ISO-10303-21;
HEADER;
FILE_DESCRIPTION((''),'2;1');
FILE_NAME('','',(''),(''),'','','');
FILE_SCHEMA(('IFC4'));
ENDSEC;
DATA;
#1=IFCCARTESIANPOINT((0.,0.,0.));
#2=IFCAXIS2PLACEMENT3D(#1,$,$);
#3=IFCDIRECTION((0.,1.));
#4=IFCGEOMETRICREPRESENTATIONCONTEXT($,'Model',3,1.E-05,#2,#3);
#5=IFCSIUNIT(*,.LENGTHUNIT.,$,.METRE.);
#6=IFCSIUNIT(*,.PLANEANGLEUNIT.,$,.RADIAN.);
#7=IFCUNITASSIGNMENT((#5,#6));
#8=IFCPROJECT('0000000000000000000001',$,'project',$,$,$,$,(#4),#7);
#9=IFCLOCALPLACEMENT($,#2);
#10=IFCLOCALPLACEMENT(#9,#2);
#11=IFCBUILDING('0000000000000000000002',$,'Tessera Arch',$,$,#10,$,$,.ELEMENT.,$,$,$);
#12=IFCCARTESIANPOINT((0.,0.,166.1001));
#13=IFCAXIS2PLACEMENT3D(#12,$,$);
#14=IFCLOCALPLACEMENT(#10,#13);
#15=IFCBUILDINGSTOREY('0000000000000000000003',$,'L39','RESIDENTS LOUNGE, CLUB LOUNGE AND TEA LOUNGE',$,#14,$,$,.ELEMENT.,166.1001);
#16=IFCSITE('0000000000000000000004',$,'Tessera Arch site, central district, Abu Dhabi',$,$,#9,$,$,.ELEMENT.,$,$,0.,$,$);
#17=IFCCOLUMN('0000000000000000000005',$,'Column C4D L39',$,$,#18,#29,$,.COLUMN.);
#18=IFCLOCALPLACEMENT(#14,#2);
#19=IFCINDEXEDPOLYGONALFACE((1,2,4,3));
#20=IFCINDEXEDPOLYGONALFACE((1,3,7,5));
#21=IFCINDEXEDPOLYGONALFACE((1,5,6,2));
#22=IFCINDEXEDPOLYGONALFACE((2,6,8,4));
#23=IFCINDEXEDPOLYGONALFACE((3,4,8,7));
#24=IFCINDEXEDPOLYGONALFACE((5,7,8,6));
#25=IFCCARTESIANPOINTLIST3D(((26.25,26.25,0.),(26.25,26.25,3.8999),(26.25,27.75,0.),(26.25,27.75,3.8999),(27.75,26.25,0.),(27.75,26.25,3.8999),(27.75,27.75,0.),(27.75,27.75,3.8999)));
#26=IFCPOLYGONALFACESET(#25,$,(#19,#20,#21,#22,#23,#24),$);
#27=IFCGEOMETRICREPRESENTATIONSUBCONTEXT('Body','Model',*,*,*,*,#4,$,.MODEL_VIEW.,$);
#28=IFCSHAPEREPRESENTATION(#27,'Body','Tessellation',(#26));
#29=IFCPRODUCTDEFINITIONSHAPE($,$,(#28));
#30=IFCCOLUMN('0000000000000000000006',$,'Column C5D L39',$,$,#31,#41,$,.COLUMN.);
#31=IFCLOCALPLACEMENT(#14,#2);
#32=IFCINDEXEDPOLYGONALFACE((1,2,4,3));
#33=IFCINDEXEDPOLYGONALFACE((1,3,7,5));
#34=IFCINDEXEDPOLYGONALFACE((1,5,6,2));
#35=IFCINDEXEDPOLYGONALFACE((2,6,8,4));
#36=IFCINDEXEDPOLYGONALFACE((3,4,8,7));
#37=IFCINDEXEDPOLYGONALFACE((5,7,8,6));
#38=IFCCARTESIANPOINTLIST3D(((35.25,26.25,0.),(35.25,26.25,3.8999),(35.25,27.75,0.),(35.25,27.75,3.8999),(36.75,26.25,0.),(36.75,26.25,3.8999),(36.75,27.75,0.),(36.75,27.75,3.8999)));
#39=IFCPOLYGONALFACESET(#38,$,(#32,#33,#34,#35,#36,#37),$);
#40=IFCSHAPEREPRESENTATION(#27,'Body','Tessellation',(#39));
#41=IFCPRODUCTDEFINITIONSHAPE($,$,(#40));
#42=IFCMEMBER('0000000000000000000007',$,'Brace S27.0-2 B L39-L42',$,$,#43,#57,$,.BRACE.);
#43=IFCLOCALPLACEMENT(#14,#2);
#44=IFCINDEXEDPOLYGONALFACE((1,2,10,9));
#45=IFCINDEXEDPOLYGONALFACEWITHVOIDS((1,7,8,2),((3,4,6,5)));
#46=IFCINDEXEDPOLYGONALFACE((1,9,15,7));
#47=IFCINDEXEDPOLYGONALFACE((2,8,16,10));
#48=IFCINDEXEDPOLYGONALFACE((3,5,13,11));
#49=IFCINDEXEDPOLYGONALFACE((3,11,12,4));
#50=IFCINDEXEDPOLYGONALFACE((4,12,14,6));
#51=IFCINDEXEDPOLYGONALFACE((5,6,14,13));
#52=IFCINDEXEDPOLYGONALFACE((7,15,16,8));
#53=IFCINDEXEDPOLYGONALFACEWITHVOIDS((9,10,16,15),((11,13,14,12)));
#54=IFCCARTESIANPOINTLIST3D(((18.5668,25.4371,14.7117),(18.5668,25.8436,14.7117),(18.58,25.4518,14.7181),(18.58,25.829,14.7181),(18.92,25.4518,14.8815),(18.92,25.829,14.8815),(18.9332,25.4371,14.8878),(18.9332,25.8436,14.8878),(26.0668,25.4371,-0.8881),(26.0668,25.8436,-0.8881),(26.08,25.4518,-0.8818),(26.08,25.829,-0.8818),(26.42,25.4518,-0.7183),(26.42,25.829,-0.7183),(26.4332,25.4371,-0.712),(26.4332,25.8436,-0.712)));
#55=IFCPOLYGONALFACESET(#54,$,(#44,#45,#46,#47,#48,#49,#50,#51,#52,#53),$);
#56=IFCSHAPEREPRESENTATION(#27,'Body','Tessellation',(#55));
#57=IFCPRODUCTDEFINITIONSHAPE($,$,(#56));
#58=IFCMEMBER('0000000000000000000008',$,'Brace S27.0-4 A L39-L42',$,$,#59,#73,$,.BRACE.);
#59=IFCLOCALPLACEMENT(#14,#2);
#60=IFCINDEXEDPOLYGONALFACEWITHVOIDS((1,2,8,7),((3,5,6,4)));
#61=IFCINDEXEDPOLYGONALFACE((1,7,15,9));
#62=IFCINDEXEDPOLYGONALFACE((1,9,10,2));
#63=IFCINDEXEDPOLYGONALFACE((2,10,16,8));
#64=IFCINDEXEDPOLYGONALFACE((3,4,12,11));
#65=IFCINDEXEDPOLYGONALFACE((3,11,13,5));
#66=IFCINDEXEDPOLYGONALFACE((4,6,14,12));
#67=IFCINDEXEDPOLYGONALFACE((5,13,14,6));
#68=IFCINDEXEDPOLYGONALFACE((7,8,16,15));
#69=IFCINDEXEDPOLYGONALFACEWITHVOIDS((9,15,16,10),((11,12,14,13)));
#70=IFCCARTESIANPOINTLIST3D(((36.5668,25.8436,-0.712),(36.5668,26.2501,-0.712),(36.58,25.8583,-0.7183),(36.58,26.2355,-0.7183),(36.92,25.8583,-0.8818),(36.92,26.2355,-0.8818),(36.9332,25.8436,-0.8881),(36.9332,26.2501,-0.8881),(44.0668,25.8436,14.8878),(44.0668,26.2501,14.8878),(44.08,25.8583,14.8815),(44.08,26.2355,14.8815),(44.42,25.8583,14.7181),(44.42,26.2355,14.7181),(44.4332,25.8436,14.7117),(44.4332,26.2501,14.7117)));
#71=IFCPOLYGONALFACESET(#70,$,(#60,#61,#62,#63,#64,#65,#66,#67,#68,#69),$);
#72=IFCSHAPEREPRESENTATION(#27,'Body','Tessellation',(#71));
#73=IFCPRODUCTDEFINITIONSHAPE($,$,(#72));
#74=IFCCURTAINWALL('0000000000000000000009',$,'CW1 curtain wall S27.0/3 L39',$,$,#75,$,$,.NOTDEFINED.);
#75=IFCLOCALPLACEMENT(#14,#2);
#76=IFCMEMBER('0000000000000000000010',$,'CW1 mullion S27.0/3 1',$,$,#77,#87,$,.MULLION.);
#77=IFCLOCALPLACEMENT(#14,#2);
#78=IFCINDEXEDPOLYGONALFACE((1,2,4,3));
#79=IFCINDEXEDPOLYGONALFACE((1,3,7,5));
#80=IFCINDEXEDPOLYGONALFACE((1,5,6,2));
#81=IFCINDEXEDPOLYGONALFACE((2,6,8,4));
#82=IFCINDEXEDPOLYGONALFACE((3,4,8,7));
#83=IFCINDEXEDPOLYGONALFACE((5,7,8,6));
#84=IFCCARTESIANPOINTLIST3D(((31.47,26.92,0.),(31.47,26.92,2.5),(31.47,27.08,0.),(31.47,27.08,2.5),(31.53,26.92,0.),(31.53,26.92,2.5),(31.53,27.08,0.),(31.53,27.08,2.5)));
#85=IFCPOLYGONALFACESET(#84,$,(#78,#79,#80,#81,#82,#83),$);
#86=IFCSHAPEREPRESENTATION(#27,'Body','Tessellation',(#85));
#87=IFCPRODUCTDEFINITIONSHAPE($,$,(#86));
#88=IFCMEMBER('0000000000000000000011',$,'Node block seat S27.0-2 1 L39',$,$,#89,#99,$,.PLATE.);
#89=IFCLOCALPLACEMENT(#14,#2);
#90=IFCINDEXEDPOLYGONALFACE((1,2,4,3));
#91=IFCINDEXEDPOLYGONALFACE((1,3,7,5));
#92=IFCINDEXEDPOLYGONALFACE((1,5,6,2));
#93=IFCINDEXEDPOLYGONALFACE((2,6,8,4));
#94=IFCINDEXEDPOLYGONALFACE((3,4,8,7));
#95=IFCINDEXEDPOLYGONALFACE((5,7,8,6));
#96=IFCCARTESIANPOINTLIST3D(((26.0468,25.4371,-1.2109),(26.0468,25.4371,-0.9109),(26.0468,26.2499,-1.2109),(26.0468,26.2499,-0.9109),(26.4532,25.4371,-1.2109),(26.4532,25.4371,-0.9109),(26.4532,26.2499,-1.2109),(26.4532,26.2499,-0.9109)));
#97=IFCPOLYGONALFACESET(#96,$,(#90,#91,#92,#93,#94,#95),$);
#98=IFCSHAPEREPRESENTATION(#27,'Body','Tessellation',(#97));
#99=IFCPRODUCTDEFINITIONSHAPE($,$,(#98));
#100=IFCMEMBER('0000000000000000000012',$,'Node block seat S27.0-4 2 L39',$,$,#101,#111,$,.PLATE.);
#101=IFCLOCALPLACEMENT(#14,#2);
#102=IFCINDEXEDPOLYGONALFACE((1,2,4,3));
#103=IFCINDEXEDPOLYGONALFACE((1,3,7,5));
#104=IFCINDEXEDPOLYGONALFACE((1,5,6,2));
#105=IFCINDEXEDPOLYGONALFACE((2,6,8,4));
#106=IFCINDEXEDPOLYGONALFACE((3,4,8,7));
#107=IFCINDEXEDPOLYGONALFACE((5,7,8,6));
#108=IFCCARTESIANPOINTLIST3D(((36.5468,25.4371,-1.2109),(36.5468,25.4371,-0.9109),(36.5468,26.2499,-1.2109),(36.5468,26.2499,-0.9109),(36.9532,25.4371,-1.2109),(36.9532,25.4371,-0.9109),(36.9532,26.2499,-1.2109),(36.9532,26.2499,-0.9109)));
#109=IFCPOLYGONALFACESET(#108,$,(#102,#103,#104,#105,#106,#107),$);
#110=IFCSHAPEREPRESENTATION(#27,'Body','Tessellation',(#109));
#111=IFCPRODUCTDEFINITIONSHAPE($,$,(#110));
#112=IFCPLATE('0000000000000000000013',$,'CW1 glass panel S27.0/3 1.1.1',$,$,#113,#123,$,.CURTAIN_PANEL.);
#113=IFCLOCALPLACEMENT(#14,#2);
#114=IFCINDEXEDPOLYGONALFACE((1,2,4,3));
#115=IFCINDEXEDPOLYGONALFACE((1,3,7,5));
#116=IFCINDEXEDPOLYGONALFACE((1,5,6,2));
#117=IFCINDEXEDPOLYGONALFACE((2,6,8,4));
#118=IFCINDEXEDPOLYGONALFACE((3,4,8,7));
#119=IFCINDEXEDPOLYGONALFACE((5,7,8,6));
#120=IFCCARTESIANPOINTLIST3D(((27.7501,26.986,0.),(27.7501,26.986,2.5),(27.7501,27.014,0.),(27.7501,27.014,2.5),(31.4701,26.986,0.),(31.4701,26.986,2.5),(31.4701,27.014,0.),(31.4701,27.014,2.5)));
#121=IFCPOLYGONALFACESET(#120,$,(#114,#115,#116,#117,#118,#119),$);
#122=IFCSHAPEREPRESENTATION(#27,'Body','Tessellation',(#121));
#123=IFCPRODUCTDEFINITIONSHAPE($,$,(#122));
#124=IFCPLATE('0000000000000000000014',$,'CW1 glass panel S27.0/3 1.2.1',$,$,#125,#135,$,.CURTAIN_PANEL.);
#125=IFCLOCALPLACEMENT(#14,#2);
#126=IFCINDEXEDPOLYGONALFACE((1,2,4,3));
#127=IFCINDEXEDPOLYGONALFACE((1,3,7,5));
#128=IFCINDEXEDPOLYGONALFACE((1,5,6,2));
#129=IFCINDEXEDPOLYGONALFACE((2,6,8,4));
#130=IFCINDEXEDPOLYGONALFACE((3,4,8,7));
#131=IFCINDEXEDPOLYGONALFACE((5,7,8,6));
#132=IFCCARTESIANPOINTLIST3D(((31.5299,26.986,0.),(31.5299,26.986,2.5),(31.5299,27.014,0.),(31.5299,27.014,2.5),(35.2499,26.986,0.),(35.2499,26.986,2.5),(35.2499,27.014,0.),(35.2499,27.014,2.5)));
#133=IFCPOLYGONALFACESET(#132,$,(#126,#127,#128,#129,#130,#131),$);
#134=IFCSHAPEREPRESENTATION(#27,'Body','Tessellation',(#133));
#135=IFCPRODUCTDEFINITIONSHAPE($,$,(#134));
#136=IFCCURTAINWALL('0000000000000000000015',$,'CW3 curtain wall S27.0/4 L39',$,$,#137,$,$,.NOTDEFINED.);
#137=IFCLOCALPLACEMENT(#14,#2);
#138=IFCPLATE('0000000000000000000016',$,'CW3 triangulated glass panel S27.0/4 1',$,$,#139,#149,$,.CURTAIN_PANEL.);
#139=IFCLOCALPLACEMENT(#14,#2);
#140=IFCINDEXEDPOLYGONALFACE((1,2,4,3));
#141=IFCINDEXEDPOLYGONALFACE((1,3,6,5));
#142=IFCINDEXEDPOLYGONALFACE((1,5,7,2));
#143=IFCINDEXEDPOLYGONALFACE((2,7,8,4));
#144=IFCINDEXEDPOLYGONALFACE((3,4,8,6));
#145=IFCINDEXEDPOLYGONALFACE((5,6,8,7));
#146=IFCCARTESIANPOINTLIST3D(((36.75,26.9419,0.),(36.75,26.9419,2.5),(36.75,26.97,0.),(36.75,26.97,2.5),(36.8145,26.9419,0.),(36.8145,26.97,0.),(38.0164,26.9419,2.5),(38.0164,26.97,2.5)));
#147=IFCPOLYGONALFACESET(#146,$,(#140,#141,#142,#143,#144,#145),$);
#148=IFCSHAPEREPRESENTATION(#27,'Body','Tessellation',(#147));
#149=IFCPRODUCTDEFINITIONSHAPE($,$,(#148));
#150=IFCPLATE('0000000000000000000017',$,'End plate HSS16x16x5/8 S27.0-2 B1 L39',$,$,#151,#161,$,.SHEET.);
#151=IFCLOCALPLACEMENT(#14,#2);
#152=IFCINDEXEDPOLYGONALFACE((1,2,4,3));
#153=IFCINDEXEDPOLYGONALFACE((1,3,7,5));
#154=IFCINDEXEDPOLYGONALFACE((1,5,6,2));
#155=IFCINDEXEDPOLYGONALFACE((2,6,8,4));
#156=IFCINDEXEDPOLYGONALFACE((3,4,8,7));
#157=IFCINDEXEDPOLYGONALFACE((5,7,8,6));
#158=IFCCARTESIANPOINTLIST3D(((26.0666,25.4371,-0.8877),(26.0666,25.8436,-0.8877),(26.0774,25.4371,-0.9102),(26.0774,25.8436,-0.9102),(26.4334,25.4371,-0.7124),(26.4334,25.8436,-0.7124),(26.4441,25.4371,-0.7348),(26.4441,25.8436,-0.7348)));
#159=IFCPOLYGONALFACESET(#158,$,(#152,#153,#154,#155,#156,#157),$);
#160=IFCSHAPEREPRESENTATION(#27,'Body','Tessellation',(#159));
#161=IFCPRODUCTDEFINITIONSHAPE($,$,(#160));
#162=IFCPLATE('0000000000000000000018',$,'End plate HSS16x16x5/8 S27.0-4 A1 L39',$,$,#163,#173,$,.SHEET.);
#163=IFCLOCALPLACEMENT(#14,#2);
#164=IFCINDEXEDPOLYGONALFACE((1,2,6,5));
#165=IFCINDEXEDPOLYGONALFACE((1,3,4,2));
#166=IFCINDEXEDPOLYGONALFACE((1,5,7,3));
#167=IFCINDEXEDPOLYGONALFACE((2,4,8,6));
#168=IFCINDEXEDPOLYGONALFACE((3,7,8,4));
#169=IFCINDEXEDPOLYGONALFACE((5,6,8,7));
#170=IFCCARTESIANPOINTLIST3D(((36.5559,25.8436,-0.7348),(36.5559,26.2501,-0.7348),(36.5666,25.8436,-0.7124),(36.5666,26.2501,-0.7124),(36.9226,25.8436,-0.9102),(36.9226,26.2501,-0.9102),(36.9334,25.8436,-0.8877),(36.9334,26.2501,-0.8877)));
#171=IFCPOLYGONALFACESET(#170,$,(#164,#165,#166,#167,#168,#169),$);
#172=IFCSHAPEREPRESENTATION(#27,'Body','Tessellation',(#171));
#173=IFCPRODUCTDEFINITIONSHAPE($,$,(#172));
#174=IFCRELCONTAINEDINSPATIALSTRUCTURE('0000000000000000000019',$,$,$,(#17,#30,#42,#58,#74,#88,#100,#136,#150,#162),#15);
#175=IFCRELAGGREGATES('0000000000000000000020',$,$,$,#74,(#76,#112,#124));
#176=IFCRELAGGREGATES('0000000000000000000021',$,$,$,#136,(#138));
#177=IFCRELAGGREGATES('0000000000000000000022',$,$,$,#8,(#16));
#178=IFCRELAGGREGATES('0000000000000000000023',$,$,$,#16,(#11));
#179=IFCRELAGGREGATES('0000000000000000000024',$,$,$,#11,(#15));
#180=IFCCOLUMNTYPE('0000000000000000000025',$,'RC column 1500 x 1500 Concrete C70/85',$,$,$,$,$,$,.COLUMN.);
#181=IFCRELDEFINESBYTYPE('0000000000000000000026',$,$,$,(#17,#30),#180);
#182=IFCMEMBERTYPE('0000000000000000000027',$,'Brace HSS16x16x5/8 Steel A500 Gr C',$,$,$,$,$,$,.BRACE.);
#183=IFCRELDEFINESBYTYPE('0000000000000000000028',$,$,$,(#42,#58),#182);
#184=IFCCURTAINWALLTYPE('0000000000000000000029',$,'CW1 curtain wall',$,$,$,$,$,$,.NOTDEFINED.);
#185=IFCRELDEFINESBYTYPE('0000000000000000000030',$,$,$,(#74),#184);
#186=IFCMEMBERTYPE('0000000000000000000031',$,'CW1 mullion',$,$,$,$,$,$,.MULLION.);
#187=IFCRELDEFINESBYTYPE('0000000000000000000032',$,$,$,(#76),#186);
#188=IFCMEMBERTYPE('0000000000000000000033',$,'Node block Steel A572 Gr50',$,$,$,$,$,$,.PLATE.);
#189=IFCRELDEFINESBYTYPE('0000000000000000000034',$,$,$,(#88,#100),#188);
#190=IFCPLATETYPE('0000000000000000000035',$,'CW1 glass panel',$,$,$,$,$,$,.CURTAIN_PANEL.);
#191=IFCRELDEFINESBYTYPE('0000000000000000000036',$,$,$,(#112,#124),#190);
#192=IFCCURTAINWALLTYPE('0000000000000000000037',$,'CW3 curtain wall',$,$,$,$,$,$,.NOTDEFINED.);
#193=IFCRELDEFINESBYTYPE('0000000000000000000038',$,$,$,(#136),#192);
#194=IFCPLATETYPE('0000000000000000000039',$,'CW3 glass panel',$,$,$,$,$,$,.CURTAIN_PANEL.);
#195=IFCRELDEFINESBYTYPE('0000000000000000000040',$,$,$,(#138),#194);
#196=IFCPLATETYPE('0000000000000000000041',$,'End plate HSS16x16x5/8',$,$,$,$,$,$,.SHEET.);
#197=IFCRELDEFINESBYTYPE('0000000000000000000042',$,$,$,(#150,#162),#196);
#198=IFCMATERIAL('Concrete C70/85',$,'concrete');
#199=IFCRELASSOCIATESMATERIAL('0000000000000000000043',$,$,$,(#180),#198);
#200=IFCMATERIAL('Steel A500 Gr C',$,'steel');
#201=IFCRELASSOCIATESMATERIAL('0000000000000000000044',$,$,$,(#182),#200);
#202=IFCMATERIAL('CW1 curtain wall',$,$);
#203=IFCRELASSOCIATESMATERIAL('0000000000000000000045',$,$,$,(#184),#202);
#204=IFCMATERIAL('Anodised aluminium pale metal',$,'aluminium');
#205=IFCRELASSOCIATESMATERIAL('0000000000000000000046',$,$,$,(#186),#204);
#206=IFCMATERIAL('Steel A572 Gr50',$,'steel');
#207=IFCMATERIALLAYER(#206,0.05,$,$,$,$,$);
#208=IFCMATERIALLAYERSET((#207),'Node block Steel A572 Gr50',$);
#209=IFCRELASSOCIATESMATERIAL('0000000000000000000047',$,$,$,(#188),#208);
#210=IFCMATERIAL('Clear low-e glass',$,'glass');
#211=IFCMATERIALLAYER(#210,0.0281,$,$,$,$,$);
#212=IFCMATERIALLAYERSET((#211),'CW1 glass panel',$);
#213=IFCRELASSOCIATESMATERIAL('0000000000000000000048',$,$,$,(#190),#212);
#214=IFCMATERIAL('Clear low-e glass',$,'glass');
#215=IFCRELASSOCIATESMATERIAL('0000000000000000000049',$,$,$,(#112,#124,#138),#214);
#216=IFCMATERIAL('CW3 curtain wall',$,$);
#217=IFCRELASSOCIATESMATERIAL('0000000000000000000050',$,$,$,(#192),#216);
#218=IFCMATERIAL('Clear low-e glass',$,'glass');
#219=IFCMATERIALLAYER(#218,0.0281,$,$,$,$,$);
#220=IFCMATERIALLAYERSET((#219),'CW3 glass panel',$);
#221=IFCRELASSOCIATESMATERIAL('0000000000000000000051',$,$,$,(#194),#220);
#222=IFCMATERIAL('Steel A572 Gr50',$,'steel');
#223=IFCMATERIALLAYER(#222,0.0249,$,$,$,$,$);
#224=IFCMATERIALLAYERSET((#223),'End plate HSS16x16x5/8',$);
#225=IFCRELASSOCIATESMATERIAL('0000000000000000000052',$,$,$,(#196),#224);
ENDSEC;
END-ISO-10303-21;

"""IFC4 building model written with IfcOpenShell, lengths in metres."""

from ifc_helpers import new_model, si_unit, direction, frame, origin, origin_2d, place, context, subcontext, project, spatial, polyline, rectangle, hollow_rectangle, outline, extrude, material, layer, layer_set, material_profile, profile_set, type_object, element, aggregate, save


model = new_model("IFC4")

# Units and contexts
model_context = context("Model", 3, precision=1e-05, world=origin(), true_north=direction((0.0, 1.0)))
body_context = subcontext(model_context, "Body", "Model", "MODEL_VIEW")
ifc_project = project(units=[si_unit("LENGTHUNIT", "METRE"), si_unit("PLANEANGLEUNIT", "RADIAN")], contexts=[model_context])

# Site, building, storey
site_placement = place(None, origin())
site = spatial("IfcSite", under=ifc_project, at=site_placement, Name="Tessera Arch site, central district, Abu Dhabi", CompositionType="ELEMENT", RefElevation=0.0)
building_placement = place(site_placement, origin())
building = spatial("IfcBuilding", under=site, at=building_placement, Name="Tessera Arch", CompositionType="ELEMENT")
storey_placement = place(building_placement, frame((0.0, 0.0, 166.1001)))
storey = spatial("IfcBuildingStorey", under=building, at=storey_placement, Name="L39", Description="RESIDENTS LOUNGE, CLUB LOUNGE AND TEA LOUNGE", CompositionType="ELEMENT", Elevation=166.1001)

# Columns
ifc_material_1 = material(Name="Concrete C70/85", Category="concrete")
ifc_material_profile_1 = material_profile(ifc_material_1, rectangle(XDim=1.5, YDim=1.5, at=origin_2d()), Name="RC column 1500 x 1500 Concrete C70/85")
ifc_profile_set_1 = profile_set([ifc_material_profile_1], Name="Concrete C70/85")
column_type = type_object("IfcColumnType", Name="RC column 1500 x 1500 Concrete C70/85", PredefinedType="COLUMN", material=ifc_profile_set_1)
for number, where, z_axis, x_axis, name in (
    (1, (27.0, 27.0, 0.0), (0.0, 0.0, 1.0), (1.0, 0.0, 0.0), "Column C4D L39"),
    (2, (36.0, 27.0, 0.0), (0.0, 0.0, 1.0), (1.0, 0.0, 0.0), "Column C5D L39"),
):
    element("IfcColumn", number, at=place(storey_placement, frame(where, z_axis=z_axis, x_axis=x_axis)), inside=storey, type_object=column_type, Name=name, PredefinedType="COLUMN", context=body_context, shape_type="SweptSolid", body=[
        extrude(rectangle(XDim=1.5, YDim=1.5, at=origin_2d()), origin(), (0.0, 0.0, 1.0), 3.8999),
    ])

# Members
ifc_material_2 = material(Name="Steel A500 Gr C", Category="steel")
ifc_material_profile_2 = material_profile(ifc_material_2, hollow_rectangle(XDim=0.4065, YDim=0.4065, WallThickness=0.0146, at=origin_2d()), Name="HSS16x16x5/8")
ifc_profile_set_2 = profile_set([ifc_material_profile_2], Name="Steel A500 Gr C")
member_type_1 = type_object("IfcMemberType", Name="Brace HSS16x16x5/8 Steel A500 Gr C", PredefinedType="BRACE", material=ifc_profile_set_2)
for number, where, z_axis, x_axis, name in (
    (3, (26.25, 25.6404, -0.8), (-0.433298, 0.0, 0.901251), (0.0, -1.0, 0.0), "Brace S27.0-2 B L39-L42"),
    (4, (36.75, 26.0469, -0.8), (0.433298, 0.0, 0.901251), (0.0, 1.0, 0.0), "Brace S27.0-4 A L39-L42"),
):
    element("IfcMember", number, at=place(storey_placement, frame(where, z_axis=z_axis, x_axis=x_axis)), inside=storey, type_object=member_type_1, Name=name, PredefinedType="BRACE", context=body_context, shape_type="SweptSolid", body=[
        extrude(hollow_rectangle(XDim=0.4065, YDim=0.4065, WallThickness=0.0146, at=origin_2d()), origin(), (0.0, 0.0, 1.0), 17.3091),
    ])

# Curtain wall, member
ifc_material_3 = material(Name="CW1 curtain wall")
curtain_wall_type_1 = type_object("IfcCurtainWallType", Name="CW1 curtain wall", PredefinedType="NOTDEFINED", material=ifc_material_3)
curtain_wall_1_placement = place(storey_placement, origin())
curtain_wall_1 = element("IfcCurtainWall", 5, at=curtain_wall_1_placement, inside=storey, type_object=curtain_wall_type_1, Name="CW1 curtain wall S27.0/3 L39", PredefinedType="NOTDEFINED")
ifc_material_4 = material(Name="Anodised aluminium pale metal", Category="aluminium")
ifc_material_profile_3 = material_profile(ifc_material_4, rectangle(XDim=0.1599, YDim=0.0601, at=origin_2d()), Name="AL 60x160")
ifc_profile_set_3 = profile_set([ifc_material_profile_3], Name="Anodised aluminium pale metal")
member_type_2 = type_object("IfcMemberType", Name="CW1 mullion", PredefinedType="MULLION", material=ifc_profile_set_3)
member_placement = place(storey_placement, frame((31.5, 27.0, 0.0), z_axis=(0.0, 0.0, 1.0), x_axis=(0.0, 1.0, 0.0)))
member = element("IfcMember", 6, at=member_placement, type_object=member_type_2, Name="CW1 mullion S27.0/3 1", PredefinedType="MULLION", context=body_context, shape_type="SweptSolid", body=[
    extrude(rectangle(XDim=0.1599, YDim=0.0601, at=origin_2d()), origin(), (0.0, 0.0, 1.0), 2.5),
])

# Members
ifc_material_5 = material(Name="Steel A572 Gr50", Category="steel")
ifc_layer_1 = layer(ifc_material_5, 0.05)
ifc_layer_set_1 = layer_set([ifc_layer_1], Name="Node block Steel A572 Gr50")
member_type_3 = type_object("IfcMemberType", Name="Node block Steel A572 Gr50", PredefinedType="PLATE", material=ifc_layer_set_1)
for number, where, z_axis, x_axis, name in (
    (7, (26.25, 25.8435, -1.2109), (0.0, 0.0, 1.0), (1.0, 0.0, 0.0), "Node block seat S27.0-2 1 L39"),
    (8, (36.75, 25.8435, -1.2109), (0.0, 0.0, 1.0), (1.0, 0.0, 0.0), "Node block seat S27.0-4 2 L39"),
):
    element("IfcMember", number, at=place(storey_placement, frame(where, z_axis=z_axis, x_axis=x_axis)), inside=storey, type_object=member_type_3, Name=name, PredefinedType="PLATE", context=body_context, shape_type="SweptSolid", body=[
        extrude(rectangle(XDim=0.4065, YDim=0.8127, at=origin_2d()), origin(), (0.0, 0.0, 1.0), 0.3),
    ])

# Plates
ifc_material_6 = material(Name="Clear low-e glass", Category="glass")
ifc_material_7 = material(Name="Clear low-e glass", Category="glass")
ifc_layer_2 = layer(ifc_material_7, 0.0281)
ifc_layer_set_2 = layer_set([ifc_layer_2], Name="CW1 glass panel")
plate_type_1 = type_object("IfcPlateType", Name="CW1 glass panel", PredefinedType="CURTAIN_PANEL", material=ifc_layer_set_2)
plate_1_placement = place(storey_placement, frame((29.6101, 27.0, 0.0), z_axis=(0.0, 0.0, 1.0), x_axis=(1.0, 0.0, 0.0)))
plate_1 = element("IfcPlate", 9, at=plate_1_placement, type_object=plate_type_1, material=ifc_material_6, Name="CW1 glass panel S27.0/3 1.1.1", PredefinedType="CURTAIN_PANEL", context=body_context, shape_type="SweptSolid", body=[
    extrude(rectangle(XDim=3.72, YDim=0.0281, at=origin_2d()), origin(), (0.0, 0.0, 1.0), 2.5),
])
plate_2_placement = place(storey_placement, frame((33.3899, 27.0, 0.0), z_axis=(0.0, 0.0, 1.0), x_axis=(1.0, 0.0, 0.0)))
plate_2 = element("IfcPlate", 10, at=plate_2_placement, type_object=plate_type_1, material=ifc_material_6, Name="CW1 glass panel S27.0/3 1.2.1", PredefinedType="CURTAIN_PANEL", context=body_context, shape_type="SweptSolid", body=[
    extrude(rectangle(XDim=3.72, YDim=0.0281, at=origin_2d()), origin(), (0.0, 0.0, 1.0), 2.5),
])
aggregate(curtain_wall_1, [member, plate_1, plate_2])

# Curtain wall, plate
ifc_material_8 = material(Name="CW3 curtain wall")
curtain_wall_type_2 = type_object("IfcCurtainWallType", Name="CW3 curtain wall", PredefinedType="NOTDEFINED", material=ifc_material_8)
curtain_wall_2_placement = place(storey_placement, origin())
curtain_wall_2 = element("IfcCurtainWall", 11, at=curtain_wall_2_placement, inside=storey, type_object=curtain_wall_type_2, Name="CW3 curtain wall S27.0/4 L39", PredefinedType="NOTDEFINED")
ifc_material_9 = material(Name="Clear low-e glass", Category="glass")
ifc_layer_3 = layer(ifc_material_9, 0.0281)
ifc_layer_set_3 = layer_set([ifc_layer_3], Name="CW3 glass panel")
plate_type_2 = type_object("IfcPlateType", Name="CW3 glass panel", PredefinedType="CURTAIN_PANEL", material=ifc_layer_set_3)
plate_3_placement = place(storey_placement, frame((36.75, 26.9419, 0.0), z_axis=(0.0, -1.0, 0.0), x_axis=(1.0, 0.0, 0.0)))
plate_3 = element("IfcPlate", 12, at=plate_3_placement, type_object=plate_type_2, material=ifc_material_6, Name="CW3 triangulated glass panel S27.0/4 1", PredefinedType="CURTAIN_PANEL", context=body_context, shape_type="SweptSolid", body=[
    extrude(outline(polyline([(0.0, 0.0), (0.0645, 0.0), (1.2664, 2.5), (0.0, 2.5), (0.0, 0.0)])), origin(), (0.0, 0.0, -1.0), 0.0281),
])
aggregate(curtain_wall_2, [plate_3])

# Plates
ifc_material_10 = material(Name="Steel A572 Gr50", Category="steel")
ifc_layer_4 = layer(ifc_material_10, 0.0249)
ifc_layer_set_4 = layer_set([ifc_layer_4], Name="End plate HSS16x16x5/8")
plate_type_3 = type_object("IfcPlateType", Name="End plate HSS16x16x5/8", PredefinedType="SHEET", material=ifc_layer_set_4)
for number, where, z_axis, x_axis, name in (
    (13, (26.2607, 25.6404, -0.8225), (-0.431455, 0.0, 0.902134), (0.0, -1.0, 0.0), "End plate HSS16x16x5/8 S27.0-2 B1 L39"),
    (14, (36.7393, 26.0469, -0.8225), (0.431455, 0.0, 0.902134), (0.0, 1.0, 0.0), "End plate HSS16x16x5/8 S27.0-4 A1 L39"),
):
    element("IfcPlate", number, at=place(storey_placement, frame(where, z_axis=z_axis, x_axis=x_axis)), inside=storey, type_object=plate_type_3, Name=name, PredefinedType="SHEET", context=body_context, shape_type="SweptSolid", body=[
        extrude(rectangle(XDim=0.4065, YDim=0.4065, at=origin_2d()), origin(), (0.0, 0.0, 1.0), 0.0249),
    ])

save(model, "model.ifc")
